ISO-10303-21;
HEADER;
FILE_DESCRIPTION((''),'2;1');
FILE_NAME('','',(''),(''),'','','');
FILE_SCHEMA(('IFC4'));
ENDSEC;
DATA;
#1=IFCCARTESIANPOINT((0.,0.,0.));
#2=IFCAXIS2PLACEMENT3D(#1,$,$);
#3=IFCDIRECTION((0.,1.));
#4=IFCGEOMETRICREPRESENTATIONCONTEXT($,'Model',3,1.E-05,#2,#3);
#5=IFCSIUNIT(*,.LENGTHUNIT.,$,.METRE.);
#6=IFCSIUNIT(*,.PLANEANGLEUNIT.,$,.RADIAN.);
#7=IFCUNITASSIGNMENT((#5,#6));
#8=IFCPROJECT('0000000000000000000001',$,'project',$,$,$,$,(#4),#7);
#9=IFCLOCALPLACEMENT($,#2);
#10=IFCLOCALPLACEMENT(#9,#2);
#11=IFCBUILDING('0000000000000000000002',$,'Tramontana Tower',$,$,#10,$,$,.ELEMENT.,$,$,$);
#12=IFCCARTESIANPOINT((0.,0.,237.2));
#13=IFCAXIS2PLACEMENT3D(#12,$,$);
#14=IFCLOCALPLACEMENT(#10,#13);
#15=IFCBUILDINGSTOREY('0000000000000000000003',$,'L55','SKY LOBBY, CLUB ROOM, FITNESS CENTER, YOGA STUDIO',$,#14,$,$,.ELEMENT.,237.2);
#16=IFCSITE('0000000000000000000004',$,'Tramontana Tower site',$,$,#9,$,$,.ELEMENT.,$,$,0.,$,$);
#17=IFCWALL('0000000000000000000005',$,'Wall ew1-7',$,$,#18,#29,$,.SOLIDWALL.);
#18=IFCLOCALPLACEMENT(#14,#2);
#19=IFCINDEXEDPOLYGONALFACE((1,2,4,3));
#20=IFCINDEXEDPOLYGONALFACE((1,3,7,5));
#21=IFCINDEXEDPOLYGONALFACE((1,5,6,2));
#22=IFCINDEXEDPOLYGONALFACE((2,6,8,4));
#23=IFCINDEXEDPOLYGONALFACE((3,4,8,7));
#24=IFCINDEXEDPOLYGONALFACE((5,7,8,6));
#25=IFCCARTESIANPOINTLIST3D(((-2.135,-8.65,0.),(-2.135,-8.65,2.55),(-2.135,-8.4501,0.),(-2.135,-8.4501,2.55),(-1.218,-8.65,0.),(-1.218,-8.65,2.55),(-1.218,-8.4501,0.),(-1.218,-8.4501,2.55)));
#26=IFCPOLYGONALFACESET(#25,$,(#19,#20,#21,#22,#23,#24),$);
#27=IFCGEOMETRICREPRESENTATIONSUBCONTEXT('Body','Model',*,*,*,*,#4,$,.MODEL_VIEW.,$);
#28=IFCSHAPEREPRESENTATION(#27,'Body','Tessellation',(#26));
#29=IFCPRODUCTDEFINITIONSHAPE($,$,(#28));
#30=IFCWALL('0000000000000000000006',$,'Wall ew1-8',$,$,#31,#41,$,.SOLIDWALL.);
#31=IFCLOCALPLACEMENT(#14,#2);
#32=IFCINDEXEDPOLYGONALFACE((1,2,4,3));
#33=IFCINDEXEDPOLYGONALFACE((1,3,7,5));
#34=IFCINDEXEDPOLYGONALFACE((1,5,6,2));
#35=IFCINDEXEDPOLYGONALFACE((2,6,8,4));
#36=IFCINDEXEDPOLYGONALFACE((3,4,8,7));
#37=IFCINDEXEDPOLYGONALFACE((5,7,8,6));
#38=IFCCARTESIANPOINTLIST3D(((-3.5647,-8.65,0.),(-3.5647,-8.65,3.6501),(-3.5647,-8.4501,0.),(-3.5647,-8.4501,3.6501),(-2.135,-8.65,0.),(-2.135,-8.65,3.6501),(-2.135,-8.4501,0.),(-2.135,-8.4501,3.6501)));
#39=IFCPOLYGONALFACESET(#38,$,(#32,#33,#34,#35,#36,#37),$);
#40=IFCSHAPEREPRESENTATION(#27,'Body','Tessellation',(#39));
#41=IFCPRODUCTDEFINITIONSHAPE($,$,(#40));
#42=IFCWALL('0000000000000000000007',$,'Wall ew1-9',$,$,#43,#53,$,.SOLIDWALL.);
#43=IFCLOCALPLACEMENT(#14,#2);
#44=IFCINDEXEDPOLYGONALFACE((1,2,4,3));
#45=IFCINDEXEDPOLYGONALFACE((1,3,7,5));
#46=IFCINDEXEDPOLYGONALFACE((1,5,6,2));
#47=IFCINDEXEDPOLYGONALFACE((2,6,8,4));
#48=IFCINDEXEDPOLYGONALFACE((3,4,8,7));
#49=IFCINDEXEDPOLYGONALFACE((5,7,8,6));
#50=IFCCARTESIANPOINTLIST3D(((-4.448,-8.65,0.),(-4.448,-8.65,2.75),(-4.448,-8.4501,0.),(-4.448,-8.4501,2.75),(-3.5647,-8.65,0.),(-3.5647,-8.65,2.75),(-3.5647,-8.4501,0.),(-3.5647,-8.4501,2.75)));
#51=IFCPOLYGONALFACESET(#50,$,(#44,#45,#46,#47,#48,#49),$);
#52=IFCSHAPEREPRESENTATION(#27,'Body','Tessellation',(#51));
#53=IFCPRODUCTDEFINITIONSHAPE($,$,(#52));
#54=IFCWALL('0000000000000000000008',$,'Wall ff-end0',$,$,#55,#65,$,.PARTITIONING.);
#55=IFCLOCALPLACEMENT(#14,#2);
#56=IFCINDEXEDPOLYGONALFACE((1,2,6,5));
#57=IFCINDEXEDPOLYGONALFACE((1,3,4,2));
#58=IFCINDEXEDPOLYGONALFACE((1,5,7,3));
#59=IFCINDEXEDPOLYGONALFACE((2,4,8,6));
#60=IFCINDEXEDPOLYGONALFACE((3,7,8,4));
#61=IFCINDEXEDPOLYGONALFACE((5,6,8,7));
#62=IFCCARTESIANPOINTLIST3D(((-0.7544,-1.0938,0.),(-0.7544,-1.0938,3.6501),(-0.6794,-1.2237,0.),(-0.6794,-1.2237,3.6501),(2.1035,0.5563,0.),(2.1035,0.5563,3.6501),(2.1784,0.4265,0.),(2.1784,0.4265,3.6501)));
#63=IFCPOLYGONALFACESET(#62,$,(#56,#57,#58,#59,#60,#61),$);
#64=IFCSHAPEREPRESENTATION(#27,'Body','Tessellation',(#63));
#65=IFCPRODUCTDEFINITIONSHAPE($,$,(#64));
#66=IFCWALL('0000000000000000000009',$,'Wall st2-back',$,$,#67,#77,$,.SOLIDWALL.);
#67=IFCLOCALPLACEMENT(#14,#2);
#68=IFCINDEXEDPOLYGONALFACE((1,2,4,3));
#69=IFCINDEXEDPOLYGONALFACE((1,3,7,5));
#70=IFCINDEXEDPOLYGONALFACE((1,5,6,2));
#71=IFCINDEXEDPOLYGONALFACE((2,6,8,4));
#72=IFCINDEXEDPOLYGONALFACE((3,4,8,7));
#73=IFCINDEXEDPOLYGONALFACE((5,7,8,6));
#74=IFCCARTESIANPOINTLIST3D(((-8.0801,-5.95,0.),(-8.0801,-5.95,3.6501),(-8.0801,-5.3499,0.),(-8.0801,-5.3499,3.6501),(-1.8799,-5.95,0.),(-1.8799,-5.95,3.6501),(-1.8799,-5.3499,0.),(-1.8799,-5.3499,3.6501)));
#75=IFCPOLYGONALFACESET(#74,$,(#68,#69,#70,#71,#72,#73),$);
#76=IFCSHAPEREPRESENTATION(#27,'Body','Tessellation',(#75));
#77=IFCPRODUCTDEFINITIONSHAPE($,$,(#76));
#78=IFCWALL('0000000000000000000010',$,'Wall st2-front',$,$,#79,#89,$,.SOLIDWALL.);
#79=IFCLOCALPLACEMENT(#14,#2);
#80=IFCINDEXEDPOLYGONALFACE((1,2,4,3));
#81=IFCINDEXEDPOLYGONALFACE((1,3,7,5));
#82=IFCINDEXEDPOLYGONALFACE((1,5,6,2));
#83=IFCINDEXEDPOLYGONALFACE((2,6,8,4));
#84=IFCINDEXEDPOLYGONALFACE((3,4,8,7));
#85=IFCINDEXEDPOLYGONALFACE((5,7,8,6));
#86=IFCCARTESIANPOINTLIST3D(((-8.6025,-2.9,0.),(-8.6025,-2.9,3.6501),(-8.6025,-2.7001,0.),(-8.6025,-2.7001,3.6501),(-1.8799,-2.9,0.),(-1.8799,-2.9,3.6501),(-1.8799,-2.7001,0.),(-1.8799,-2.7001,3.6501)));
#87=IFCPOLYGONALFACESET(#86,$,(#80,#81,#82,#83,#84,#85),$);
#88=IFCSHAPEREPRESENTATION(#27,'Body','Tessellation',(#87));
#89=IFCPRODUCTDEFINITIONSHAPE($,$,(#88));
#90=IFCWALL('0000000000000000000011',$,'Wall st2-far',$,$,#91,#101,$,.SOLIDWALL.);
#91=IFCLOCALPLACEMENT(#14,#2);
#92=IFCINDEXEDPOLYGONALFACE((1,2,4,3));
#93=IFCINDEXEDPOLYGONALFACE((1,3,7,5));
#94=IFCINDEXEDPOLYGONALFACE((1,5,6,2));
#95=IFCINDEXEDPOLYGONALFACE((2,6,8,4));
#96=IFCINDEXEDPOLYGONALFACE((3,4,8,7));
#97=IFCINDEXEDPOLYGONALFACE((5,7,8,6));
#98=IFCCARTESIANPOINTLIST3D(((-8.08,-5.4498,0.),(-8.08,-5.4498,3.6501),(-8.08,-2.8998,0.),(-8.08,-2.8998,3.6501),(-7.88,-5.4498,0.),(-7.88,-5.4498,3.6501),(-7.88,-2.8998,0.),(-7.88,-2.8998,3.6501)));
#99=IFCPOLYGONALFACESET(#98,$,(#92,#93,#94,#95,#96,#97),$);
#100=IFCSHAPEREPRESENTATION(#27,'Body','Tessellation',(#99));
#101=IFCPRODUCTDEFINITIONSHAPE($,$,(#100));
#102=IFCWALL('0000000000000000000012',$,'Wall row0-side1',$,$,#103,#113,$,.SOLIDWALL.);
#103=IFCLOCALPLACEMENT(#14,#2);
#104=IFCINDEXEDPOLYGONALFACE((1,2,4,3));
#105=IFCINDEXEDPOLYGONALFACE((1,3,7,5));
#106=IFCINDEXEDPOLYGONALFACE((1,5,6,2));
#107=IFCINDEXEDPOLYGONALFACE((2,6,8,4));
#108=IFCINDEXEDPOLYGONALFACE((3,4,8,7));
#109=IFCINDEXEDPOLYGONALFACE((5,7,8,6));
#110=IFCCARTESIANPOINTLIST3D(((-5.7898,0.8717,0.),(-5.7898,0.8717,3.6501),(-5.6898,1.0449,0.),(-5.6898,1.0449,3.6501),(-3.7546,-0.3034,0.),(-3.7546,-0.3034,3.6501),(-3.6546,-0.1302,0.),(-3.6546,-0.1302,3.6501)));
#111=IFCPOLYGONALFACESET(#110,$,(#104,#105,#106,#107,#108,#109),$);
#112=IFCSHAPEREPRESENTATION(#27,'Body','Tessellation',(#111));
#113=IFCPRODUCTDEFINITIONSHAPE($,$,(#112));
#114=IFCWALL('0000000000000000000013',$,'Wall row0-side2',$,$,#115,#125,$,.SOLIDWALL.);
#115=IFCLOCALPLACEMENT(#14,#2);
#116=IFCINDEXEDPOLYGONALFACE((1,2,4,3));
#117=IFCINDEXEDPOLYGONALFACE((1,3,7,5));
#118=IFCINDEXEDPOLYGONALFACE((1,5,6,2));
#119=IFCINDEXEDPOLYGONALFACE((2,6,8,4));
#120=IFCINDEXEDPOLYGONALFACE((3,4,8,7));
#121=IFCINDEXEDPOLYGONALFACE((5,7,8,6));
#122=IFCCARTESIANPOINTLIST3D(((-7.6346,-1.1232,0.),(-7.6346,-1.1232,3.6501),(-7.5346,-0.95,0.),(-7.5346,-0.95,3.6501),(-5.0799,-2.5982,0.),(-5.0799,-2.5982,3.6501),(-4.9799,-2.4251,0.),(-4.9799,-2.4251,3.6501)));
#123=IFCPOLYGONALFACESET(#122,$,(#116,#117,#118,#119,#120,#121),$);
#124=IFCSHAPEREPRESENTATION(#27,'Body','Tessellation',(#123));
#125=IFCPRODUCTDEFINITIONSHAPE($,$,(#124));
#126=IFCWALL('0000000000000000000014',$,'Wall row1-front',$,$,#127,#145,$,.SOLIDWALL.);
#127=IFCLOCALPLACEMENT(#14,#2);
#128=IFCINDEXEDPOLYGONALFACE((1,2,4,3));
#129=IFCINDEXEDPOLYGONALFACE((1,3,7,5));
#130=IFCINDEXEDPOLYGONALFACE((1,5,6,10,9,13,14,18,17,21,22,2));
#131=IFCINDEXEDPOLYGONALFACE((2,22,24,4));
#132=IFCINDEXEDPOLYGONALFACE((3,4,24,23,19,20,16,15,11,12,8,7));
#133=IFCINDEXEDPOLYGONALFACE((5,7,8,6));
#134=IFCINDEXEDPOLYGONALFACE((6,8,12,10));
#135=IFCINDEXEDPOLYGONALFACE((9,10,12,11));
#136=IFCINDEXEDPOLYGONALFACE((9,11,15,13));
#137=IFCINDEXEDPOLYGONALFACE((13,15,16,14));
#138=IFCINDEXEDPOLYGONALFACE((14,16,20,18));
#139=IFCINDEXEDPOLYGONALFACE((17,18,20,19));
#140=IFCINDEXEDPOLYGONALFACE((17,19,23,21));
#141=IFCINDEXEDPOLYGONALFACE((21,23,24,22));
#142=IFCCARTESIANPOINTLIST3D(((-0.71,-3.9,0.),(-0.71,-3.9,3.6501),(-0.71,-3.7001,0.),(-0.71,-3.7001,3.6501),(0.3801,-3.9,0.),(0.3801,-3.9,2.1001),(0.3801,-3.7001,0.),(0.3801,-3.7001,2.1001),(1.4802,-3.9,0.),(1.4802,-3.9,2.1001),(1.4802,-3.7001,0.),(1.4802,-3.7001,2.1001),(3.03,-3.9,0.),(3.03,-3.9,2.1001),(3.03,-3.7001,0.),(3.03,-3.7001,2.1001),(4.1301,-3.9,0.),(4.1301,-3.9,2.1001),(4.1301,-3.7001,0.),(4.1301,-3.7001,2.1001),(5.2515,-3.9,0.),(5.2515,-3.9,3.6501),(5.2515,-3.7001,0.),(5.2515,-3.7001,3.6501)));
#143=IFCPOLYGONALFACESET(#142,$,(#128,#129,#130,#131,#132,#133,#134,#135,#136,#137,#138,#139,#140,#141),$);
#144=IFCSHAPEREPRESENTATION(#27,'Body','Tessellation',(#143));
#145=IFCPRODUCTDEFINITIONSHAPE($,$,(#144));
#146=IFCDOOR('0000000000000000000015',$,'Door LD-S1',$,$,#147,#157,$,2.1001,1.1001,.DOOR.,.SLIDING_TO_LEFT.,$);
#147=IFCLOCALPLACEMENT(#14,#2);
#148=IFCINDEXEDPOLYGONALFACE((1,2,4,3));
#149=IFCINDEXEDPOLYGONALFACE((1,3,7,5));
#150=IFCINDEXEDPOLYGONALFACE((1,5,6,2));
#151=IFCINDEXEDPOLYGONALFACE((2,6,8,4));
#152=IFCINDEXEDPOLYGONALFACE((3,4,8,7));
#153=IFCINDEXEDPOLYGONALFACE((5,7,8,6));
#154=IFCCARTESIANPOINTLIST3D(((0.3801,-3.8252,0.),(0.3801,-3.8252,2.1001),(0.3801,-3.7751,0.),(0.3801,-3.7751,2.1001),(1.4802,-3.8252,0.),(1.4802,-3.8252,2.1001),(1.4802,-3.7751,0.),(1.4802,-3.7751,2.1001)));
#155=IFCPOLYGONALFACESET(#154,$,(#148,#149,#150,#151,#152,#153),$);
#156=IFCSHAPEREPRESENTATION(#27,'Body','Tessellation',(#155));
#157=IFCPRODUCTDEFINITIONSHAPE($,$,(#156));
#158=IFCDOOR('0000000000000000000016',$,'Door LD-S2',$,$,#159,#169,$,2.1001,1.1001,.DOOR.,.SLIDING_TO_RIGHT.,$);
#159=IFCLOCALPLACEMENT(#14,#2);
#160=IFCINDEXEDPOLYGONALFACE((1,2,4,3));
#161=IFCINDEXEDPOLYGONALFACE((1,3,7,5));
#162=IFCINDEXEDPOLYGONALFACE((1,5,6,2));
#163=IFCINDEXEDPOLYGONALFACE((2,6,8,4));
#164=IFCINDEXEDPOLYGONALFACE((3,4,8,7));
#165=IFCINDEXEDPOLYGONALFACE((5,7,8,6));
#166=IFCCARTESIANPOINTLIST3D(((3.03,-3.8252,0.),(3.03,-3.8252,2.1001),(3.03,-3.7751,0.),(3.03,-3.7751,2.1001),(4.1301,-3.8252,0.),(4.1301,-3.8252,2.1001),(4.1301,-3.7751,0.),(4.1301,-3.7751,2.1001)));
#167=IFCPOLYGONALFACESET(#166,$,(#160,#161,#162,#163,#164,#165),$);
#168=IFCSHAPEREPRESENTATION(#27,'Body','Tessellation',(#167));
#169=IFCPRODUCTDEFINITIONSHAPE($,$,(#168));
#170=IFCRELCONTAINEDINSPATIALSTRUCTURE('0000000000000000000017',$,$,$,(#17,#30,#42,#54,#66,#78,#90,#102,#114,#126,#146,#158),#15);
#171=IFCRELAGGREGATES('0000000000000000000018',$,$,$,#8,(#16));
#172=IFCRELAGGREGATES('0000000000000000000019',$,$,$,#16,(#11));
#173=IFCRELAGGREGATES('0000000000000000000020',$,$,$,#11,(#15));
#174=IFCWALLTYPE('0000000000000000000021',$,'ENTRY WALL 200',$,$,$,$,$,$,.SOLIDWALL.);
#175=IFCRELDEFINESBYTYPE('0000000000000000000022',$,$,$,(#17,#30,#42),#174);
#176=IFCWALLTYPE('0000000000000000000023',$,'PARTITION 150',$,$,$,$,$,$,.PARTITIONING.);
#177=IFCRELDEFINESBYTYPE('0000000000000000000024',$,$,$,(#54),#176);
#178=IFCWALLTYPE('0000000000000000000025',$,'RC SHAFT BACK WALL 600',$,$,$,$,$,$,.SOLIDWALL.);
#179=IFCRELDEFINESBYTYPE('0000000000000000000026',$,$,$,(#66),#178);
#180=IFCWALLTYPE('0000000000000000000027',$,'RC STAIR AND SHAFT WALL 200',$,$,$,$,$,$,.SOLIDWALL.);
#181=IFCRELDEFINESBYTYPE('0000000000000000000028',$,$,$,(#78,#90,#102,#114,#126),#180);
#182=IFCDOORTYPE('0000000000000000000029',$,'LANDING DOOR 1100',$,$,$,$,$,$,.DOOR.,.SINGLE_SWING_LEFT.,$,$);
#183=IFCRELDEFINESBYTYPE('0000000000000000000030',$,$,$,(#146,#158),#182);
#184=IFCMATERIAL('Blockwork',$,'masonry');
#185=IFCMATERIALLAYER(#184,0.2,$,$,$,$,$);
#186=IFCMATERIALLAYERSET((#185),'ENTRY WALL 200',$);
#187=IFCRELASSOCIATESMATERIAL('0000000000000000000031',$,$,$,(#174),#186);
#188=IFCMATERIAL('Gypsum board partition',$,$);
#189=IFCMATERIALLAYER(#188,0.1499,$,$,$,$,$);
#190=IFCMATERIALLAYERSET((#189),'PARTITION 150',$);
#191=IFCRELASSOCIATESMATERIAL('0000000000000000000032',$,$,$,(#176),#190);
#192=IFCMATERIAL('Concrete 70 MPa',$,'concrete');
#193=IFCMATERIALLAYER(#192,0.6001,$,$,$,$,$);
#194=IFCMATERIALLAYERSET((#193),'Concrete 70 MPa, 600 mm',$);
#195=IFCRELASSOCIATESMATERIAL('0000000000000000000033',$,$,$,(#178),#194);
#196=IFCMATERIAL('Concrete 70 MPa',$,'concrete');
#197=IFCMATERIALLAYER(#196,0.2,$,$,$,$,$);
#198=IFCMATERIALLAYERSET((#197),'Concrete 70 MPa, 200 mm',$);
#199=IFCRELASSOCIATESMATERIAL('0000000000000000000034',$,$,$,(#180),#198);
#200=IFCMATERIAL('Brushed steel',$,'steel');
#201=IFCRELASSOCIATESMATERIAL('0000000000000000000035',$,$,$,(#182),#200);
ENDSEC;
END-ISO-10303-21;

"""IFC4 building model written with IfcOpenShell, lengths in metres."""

from ifc_helpers import new_model, si_unit, direction, frame, frame_2d, origin, place, context, subcontext, project, spatial, rectangle, extrude, material, layer, layer_set, type_object, element, fill, save


model = new_model("IFC4")

# Units and contexts
model_context = context("Model", 3, precision=1e-05, world=origin(), true_north=direction((0.0, 1.0)))
body_context = subcontext(model_context, "Body", "Model", "MODEL_VIEW")
ifc_project = project(units=[si_unit("LENGTHUNIT", "METRE"), si_unit("PLANEANGLEUNIT", "RADIAN")], contexts=[model_context])

# Site, building, storey
site_placement = place(None, origin())
site = spatial("IfcSite", under=ifc_project, at=site_placement, Name="Tramontana Tower site", CompositionType="ELEMENT", RefElevation=0.0)
building_placement = place(site_placement, origin())
building = spatial("IfcBuilding", under=site, at=building_placement, Name="Tramontana Tower", CompositionType="ELEMENT")
storey_placement = place(building_placement, frame((0.0, 0.0, 237.2)))
storey = spatial("IfcBuildingStorey", under=building, at=storey_placement, Name="L55", Description="SKY LOBBY, CLUB ROOM, FITNESS CENTER, YOGA STUDIO", CompositionType="ELEMENT", Elevation=237.2)

# Walls
ifc_material_1 = material(Name="Blockwork", Category="masonry")
ifc_layer_1 = layer(ifc_material_1, 0.2)
ifc_layer_set_1 = layer_set([ifc_layer_1], Name="ENTRY WALL 200")
wall_type_1 = type_object("IfcWallType", Name="ENTRY WALL 200", PredefinedType="SOLIDWALL", material=ifc_layer_set_1)
wall_1_placement = place(storey_placement, frame((-1.218, -8.55, 0.0), z_axis=(0.0, 0.0, 1.0), x_axis=(-1.0, 0.0, 0.0)))
element("IfcWall", 1, at=wall_1_placement, inside=storey, type_object=wall_type_1, Name="Wall ew1-7", PredefinedType="SOLIDWALL", context=body_context, shape_type="SweptSolid", body=[
    extrude(rectangle(XDim=0.917, YDim=0.2, at=frame_2d((0.4585, 0.0))), origin(), (0.0, 0.0, 1.0), 2.55),
])
wall_2_placement = place(storey_placement, frame((-2.135, -8.55, 0.0), z_axis=(0.0, 0.0, 1.0), x_axis=(-1.0, 0.0, 0.0)))
element("IfcWall", 2, at=wall_2_placement, inside=storey, type_object=wall_type_1, Name="Wall ew1-8", PredefinedType="SOLIDWALL", context=body_context, shape_type="SweptSolid", body=[
    extrude(rectangle(XDim=1.4297, YDim=0.2, at=frame_2d((0.7148, 0.0))), origin(), (0.0, 0.0, 1.0), 3.6501),
])
wall_3_placement = place(storey_placement, frame((-3.5647, -8.55, 0.0), z_axis=(0.0, 0.0, 1.0), x_axis=(-1.0, 0.0, 0.0)))
element("IfcWall", 3, at=wall_3_placement, inside=storey, type_object=wall_type_1, Name="Wall ew1-9", PredefinedType="SOLIDWALL", context=body_context, shape_type="SweptSolid", body=[
    extrude(rectangle(XDim=0.8833, YDim=0.2, at=frame_2d((0.4417, 0.0))), origin(), (0.0, 0.0, 1.0), 2.75),
])

# Shared definitions
ifc_material_2 = material(Name="Gypsum board partition")
ifc_layer_2 = layer(ifc_material_2, 0.1499)
ifc_layer_set_2 = layer_set([ifc_layer_2], Name="PARTITION 150")
wall_type_2 = type_object("IfcWallType", Name="PARTITION 150", PredefinedType="PARTITIONING", material=ifc_layer_set_2)

# Walls
wall_4_placement = place(storey_placement, frame((-0.7168, -1.1587, 0.0), z_axis=(0.0, 0.0, 1.0), x_axis=(0.866008, 0.50003, 0.0)))
element("IfcWall", 4, at=wall_4_placement, inside=storey, type_object=wall_type_2, Name="Wall ff-end0", PredefinedType="PARTITIONING", context=body_context, shape_type="SweptSolid", body=[
    extrude(rectangle(XDim=3.3, YDim=0.1499, at=frame_2d((1.6499, 0.0))), origin(), (0.0, 0.0, 1.0), 3.6501),
])
ifc_material_3 = material(Name="Concrete 70 MPa", Category="concrete")
ifc_layer_3 = layer(ifc_material_3, 0.6001)
ifc_layer_set_3 = layer_set([ifc_layer_3], Name="Concrete 70 MPa, 600 mm")
wall_type_3 = type_object("IfcWallType", Name="RC SHAFT BACK WALL 600", PredefinedType="SOLIDWALL", material=ifc_layer_set_3)
wall_5_placement = place(storey_placement, frame((-8.0801, -5.6499, 0.0), z_axis=(0.0, 0.0, 1.0), x_axis=(1.0, 0.0, 0.0)))
element("IfcWall", 5, at=wall_5_placement, inside=storey, type_object=wall_type_3, Name="Wall st2-back", PredefinedType="SOLIDWALL", context=body_context, shape_type="SweptSolid", body=[
    extrude(rectangle(XDim=6.2002, YDim=0.6001, at=frame_2d((3.1001, 0.0))), origin(), (0.0, 0.0, 1.0), 3.6501),
])
ifc_material_4 = material(Name="Concrete 70 MPa", Category="concrete")
ifc_layer_4 = layer(ifc_material_4, 0.2)
ifc_layer_set_4 = layer_set([ifc_layer_4], Name="Concrete 70 MPa, 200 mm")
wall_type_4 = type_object("IfcWallType", Name="RC STAIR AND SHAFT WALL 200", PredefinedType="SOLIDWALL", material=ifc_layer_set_4)
wall_6_placement = place(storey_placement, frame((-8.6025, -2.8, 0.0), z_axis=(0.0, 0.0, 1.0), x_axis=(1.0, 0.0, 0.0)))
element("IfcWall", 6, at=wall_6_placement, inside=storey, type_object=wall_type_4, Name="Wall st2-front", PredefinedType="SOLIDWALL", context=body_context, shape_type="SweptSolid", body=[
    extrude(rectangle(XDim=6.7227, YDim=0.2, at=frame_2d((3.3613, 0.0))), origin(), (0.0, 0.0, 1.0), 3.6501),
])
wall_7_placement = place(storey_placement, frame((-7.98, -2.8999, 0.0), z_axis=(0.0, 0.0, 1.0), x_axis=(0.0, -1.0, 0.0)))
element("IfcWall", 7, at=wall_7_placement, inside=storey, type_object=wall_type_4, Name="Wall st2-far", PredefinedType="SOLIDWALL", context=body_context, shape_type="SweptSolid", body=[
    extrude(rectangle(XDim=2.55, YDim=0.2, at=frame_2d((1.2749, 0.0))), origin(), (0.0, 0.0, 1.0), 3.6501),
])

# Walls
wall_8_placement = place(storey_placement, frame((-3.7046, -0.2168, 0.0), z_axis=(0.0, 0.0, 1.0), x_axis=(-0.866016, 0.500016, 0.0)))
element("IfcWall", 8, at=wall_8_placement, inside=storey, type_object=wall_type_4, Name="Wall row0-side1", PredefinedType="SOLIDWALL", context=body_context, shape_type="SweptSolid", body=[
    extrude(rectangle(XDim=2.3501, YDim=0.2, at=frame_2d((1.175, 0.0))), origin(), (0.0, 0.0, 1.0), 3.6501),
])
wall_9_placement = place(storey_placement, frame((-5.0298, -2.5117, 0.0), z_axis=(0.0, 0.0, 1.0), x_axis=(-0.866004, 0.500038, 0.0)))
element("IfcWall", 9, at=wall_9_placement, inside=storey, type_object=wall_type_4, Name="Wall row0-side2", PredefinedType="SOLIDWALL", context=body_context, shape_type="SweptSolid", body=[
    extrude(rectangle(XDim=2.95, YDim=0.2, at=frame_2d((1.4751, 0.0))), origin(), (0.0, 0.0, 1.0), 3.6501),
])

# Wall, openings, doors
wall_10_placement = place(storey_placement, frame((-0.71, -3.8, 0.0), z_axis=(0.0, 0.0, 1.0), x_axis=(1.0, 0.0, 0.0)))
wall_10 = element("IfcWall", 10, at=wall_10_placement, inside=storey, type_object=wall_type_4, Name="Wall row1-front", PredefinedType="SOLIDWALL", context=body_context, shape_type="SweptSolid", body=[
    extrude(rectangle(XDim=5.9614, YDim=0.2, at=frame_2d((2.9807, 0.0))), origin(), (0.0, 0.0, 1.0), 3.6501),
])
opening_1_placement = place(wall_10_placement, frame((1.0901, 0.0, 0.0)))
opening_1 = element("IfcOpeningElement", 11, at=opening_1_placement, cuts=wall_10, PredefinedType="OPENING", context=body_context, shape_type="SweptSolid", body=[
    extrude(rectangle(XDim=1.1001, YDim=2.1001, at=frame_2d((0.55, 1.05))), frame((0.0, 0.1099, 0.0), z_axis=(0.0, -1.0, 0.0), x_axis=(1.0, 0.0, 0.0)), (0.0, 0.0, 1.0), 0.22),
])
opening_2_placement = place(wall_10_placement, frame((3.74, 0.0, 0.0)))
opening_2 = element("IfcOpeningElement", 12, at=opening_2_placement, cuts=wall_10, PredefinedType="OPENING", context=body_context, shape_type="SweptSolid", body=[
    extrude(rectangle(XDim=1.1001, YDim=2.1001, at=frame_2d((0.55, 1.05))), frame((0.0, 0.1099, 0.0), z_axis=(0.0, -1.0, 0.0), x_axis=(1.0, 0.0, 0.0)), (0.0, 0.0, 1.0), 0.22),
])
ifc_material_5 = material(Name="Brushed steel", Category="steel")
door_type_1 = type_object("IfcDoorType", Name="LANDING DOOR 1100", OperationType="SINGLE_SWING_LEFT", PredefinedType="DOOR", material=ifc_material_5)
door_1_placement = place(opening_1_placement, origin())
door_1 = element("IfcDoor", 13, at=door_1_placement, inside=storey, type_object=door_type_1, Name="Door LD-S1", OperationType="SLIDING_TO_LEFT", OverallHeight=2.1001, OverallWidth=1.1001, PredefinedType="DOOR", context=body_context, shape_type="SweptSolid", body=[
    extrude(rectangle(XDim=1.1001, YDim=2.1001, at=frame_2d((0.55, 1.05))), frame((0.0, 0.0249, 0.0), z_axis=(0.0, -1.0, 0.0), x_axis=(1.0, 0.0, 0.0)), (0.0, 0.0, 1.0), 0.05),
])
fill(opening_1, door_1)
door_2_placement = place(opening_2_placement, origin())
door_2 = element("IfcDoor", 14, at=door_2_placement, inside=storey, type_object=door_type_1, Name="Door LD-S2", OperationType="SLIDING_TO_RIGHT", OverallHeight=2.1001, OverallWidth=1.1001, PredefinedType="DOOR", context=body_context, shape_type="SweptSolid", body=[
    extrude(rectangle(XDim=1.1001, YDim=2.1001, at=frame_2d((0.55, 1.05))), frame((0.0, 0.0249, 0.0), z_axis=(0.0, -1.0, 0.0), x_axis=(1.0, 0.0, 0.0)), (0.0, 0.0, 1.0), 0.05),
])
fill(opening_2, door_2)

save(model, "model.ifc")
